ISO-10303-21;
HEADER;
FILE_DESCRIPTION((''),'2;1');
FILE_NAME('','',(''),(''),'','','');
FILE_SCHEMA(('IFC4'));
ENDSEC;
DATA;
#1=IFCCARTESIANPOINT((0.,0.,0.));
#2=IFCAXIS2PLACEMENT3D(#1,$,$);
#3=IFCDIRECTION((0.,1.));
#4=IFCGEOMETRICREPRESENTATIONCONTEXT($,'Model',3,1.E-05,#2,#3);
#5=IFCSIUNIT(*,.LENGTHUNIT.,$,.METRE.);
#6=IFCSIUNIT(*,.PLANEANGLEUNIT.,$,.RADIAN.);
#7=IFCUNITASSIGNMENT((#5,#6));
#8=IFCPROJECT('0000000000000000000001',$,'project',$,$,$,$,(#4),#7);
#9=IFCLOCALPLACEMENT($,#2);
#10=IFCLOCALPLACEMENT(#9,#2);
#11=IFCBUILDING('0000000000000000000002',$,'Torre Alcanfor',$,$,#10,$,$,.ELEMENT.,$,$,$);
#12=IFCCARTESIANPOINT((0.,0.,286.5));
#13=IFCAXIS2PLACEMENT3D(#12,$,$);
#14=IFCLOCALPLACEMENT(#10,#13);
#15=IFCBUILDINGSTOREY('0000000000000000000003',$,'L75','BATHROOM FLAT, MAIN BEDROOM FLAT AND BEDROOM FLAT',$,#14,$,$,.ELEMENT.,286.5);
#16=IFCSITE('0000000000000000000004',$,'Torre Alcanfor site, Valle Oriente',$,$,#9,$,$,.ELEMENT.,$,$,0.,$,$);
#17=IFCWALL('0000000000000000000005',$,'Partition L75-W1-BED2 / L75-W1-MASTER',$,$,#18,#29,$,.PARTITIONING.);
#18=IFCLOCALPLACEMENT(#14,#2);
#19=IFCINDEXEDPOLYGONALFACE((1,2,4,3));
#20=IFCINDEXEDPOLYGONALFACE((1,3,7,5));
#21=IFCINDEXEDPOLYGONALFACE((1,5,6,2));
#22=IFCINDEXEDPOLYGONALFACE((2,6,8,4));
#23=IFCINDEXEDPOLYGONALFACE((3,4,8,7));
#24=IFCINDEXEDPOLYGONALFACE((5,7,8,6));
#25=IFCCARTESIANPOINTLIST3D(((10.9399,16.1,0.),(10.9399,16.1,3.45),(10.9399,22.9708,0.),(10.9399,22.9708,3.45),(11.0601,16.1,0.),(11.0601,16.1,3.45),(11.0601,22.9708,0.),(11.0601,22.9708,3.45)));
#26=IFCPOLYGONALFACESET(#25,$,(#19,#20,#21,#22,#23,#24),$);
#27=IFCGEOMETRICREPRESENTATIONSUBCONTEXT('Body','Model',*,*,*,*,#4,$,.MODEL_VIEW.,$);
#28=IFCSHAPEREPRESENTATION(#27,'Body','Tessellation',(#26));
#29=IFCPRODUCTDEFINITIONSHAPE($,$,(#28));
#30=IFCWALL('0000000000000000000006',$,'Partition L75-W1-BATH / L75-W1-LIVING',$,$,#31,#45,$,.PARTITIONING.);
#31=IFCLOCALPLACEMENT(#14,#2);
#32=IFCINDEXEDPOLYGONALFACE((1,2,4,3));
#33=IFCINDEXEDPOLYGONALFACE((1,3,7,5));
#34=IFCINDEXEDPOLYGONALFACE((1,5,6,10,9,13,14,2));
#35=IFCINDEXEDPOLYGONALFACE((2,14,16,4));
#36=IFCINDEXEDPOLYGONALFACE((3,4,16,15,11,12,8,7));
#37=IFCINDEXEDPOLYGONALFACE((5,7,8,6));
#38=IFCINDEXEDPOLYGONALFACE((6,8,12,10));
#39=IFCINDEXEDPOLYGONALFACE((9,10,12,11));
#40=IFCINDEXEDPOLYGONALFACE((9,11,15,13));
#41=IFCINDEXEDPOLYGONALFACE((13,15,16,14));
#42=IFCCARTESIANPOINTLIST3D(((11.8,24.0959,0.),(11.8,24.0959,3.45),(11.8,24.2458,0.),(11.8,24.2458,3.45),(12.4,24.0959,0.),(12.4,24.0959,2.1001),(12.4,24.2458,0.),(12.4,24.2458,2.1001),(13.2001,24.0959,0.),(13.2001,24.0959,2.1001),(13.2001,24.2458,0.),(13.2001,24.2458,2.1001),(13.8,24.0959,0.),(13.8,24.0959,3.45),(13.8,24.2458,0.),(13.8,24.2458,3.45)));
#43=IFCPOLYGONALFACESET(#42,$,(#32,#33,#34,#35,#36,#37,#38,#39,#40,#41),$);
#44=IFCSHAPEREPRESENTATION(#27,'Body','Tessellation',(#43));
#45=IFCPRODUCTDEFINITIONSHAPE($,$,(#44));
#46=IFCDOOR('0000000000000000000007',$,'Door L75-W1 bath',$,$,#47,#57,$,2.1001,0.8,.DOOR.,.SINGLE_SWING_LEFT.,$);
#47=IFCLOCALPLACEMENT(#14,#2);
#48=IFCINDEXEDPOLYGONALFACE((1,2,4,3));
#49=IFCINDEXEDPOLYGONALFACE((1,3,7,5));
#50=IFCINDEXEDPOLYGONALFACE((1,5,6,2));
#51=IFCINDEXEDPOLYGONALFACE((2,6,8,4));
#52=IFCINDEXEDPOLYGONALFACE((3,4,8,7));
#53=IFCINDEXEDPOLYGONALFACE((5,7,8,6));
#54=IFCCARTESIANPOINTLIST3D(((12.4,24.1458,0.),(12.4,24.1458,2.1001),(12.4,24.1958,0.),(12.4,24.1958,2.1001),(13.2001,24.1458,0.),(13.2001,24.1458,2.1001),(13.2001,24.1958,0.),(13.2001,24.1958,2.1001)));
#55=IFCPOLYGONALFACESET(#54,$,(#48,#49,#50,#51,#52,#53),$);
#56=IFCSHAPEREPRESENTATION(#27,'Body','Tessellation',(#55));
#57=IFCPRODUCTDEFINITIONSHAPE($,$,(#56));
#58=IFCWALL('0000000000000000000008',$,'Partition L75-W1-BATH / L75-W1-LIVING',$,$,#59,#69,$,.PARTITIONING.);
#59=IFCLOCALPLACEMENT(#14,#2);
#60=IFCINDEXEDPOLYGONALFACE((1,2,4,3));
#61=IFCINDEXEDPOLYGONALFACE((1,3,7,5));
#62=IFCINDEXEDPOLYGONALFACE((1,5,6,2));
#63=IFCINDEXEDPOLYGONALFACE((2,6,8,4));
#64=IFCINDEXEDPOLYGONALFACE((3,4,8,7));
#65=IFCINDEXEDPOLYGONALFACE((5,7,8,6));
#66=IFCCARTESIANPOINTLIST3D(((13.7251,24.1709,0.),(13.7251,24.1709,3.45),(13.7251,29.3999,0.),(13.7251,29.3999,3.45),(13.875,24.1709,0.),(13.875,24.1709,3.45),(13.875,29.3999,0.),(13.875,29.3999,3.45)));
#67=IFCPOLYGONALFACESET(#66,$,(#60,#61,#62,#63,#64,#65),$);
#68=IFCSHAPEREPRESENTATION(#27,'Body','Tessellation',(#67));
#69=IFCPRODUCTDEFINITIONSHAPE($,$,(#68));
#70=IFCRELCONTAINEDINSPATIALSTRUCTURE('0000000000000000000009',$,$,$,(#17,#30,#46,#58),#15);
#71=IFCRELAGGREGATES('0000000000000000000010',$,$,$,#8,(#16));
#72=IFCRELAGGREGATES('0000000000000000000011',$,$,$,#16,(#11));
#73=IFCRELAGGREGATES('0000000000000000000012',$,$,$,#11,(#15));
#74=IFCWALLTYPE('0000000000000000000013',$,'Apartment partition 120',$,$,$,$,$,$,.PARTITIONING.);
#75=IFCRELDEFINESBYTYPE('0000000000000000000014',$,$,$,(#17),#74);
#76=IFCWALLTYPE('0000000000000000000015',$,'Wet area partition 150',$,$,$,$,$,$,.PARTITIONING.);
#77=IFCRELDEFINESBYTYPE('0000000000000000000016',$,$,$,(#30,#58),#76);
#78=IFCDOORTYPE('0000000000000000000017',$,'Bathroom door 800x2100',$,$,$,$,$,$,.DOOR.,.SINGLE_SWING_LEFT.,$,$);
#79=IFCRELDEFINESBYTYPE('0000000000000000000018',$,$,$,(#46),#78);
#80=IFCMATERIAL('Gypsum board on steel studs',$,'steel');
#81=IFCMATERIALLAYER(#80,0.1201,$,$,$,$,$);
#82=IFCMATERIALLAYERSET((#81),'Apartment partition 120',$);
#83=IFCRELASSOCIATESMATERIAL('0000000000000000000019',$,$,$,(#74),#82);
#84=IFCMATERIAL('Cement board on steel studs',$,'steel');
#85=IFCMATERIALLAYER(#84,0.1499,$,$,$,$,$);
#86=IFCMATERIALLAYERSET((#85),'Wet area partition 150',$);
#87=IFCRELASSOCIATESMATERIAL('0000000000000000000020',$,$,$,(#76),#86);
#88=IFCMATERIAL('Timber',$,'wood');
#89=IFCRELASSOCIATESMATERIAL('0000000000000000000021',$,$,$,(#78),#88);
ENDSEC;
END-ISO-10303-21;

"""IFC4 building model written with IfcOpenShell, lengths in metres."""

from ifc_helpers import new_model, si_unit, direction, frame, frame_2d, origin, place, context, subcontext, project, spatial, rectangle, extrude, material, layer, layer_set, type_object, element, fill, save


model = new_model("IFC4")

# Units and contexts
model_context = context("Model", 3, precision=1e-05, world=origin(), true_north=direction((0.0, 1.0)))
body_context = subcontext(model_context, "Body", "Model", "MODEL_VIEW")
ifc_project = project(units=[si_unit("LENGTHUNIT", "METRE"), si_unit("PLANEANGLEUNIT", "RADIAN")], contexts=[model_context])

# Site, building, storey
site_placement = place(None, origin())
site = spatial("IfcSite", under=ifc_project, at=site_placement, Name="Torre Alcanfor site, Valle Oriente", CompositionType="ELEMENT", RefElevation=0.0)
building_placement = place(site_placement, origin())
building = spatial("IfcBuilding", under=site, at=building_placement, Name="Torre Alcanfor", CompositionType="ELEMENT")
storey_placement = place(building_placement, frame((0.0, 0.0, 286.5)))
storey = spatial("IfcBuildingStorey", under=building, at=storey_placement, Name="L75", Description="BATHROOM FLAT, MAIN BEDROOM FLAT AND BEDROOM FLAT", CompositionType="ELEMENT", Elevation=286.5)

# Shared definitions
ifc_material_1 = material(Name="Gypsum board on steel studs", Category="steel")
ifc_layer_1 = layer(ifc_material_1, 0.1201)
ifc_layer_set_1 = layer_set([ifc_layer_1], Name="Apartment partition 120")
wall_type_1 = type_object("IfcWallType", Name="Apartment partition 120", PredefinedType="PARTITIONING", material=ifc_layer_set_1)

# Wall
wall_1_placement = place(storey_placement, frame((11.0, 22.9709, 0.0), z_axis=(0.0, 0.0, 1.0), x_axis=(0.0, -1.0, 0.0)))
element("IfcWall", 1, at=wall_1_placement, inside=storey, type_object=wall_type_1, Name="Partition L75-W1-BED2 / L75-W1-MASTER", PredefinedType="PARTITIONING", context=body_context, shape_type="SweptSolid", body=[
    extrude(rectangle(XDim=6.8708, YDim=0.1201, at=frame_2d((3.4355, 0.0))), origin(), (0.0, 0.0, 1.0), 3.45),
])

# Wall, opening, door
ifc_material_2 = material(Name="Cement board on steel studs", Category="steel")
ifc_layer_2 = layer(ifc_material_2, 0.1499)
ifc_layer_set_2 = layer_set([ifc_layer_2], Name="Wet area partition 150")
wall_type_2 = type_object("IfcWallType", Name="Wet area partition 150", PredefinedType="PARTITIONING", material=ifc_layer_set_2)
wall_2_placement = place(storey_placement, frame((11.8, 24.1709, 0.0), z_axis=(0.0, 0.0, 1.0), x_axis=(1.0, 0.0, 0.0)))
wall_2 = element("IfcWall", 2, at=wall_2_placement, inside=storey, type_object=wall_type_2, Name="Partition L75-W1-BATH / L75-W1-LIVING", PredefinedType="PARTITIONING", context=body_context, shape_type="SweptSolid", body=[
    extrude(rectangle(XDim=2.0, YDim=0.1499, at=frame_2d((1.0, 0.0))), origin(), (0.0, 0.0, 1.0), 3.45),
])
opening_1_placement = place(wall_2_placement, frame((0.6001, 0.0, 0.0)))
opening_1 = element("IfcOpeningElement", 3, at=opening_1_placement, cuts=wall_2, PredefinedType="OPENING", context=body_context, shape_type="SweptSolid", body=[
    extrude(rectangle(XDim=0.8, YDim=2.1001, at=frame_2d((0.3999, 1.05))), frame((0.0, 0.085, 0.0), z_axis=(0.0, -1.0, 0.0), x_axis=(1.0, 0.0, 0.0)), (0.0, 0.0, 1.0), 0.1699),
])
ifc_material_3 = material(Name="Timber", Category="wood")
door_type_1 = type_object("IfcDoorType", Name="Bathroom door 800x2100", OperationType="SINGLE_SWING_LEFT", PredefinedType="DOOR", material=ifc_material_3)
door_1_placement = place(opening_1_placement, origin())
door_1 = element("IfcDoor", 4, at=door_1_placement, inside=storey, type_object=door_type_1, Name="Door L75-W1 bath", OperationType="SINGLE_SWING_LEFT", OverallHeight=2.1001, OverallWidth=0.8, PredefinedType="DOOR", context=body_context, shape_type="SweptSolid", body=[
    extrude(rectangle(XDim=0.8, YDim=2.1001, at=frame_2d((0.3999, 1.05))), frame((0.0, 0.0249, 0.0), z_axis=(0.0, -1.0, 0.0), x_axis=(1.0, 0.0, 0.0)), (0.0, 0.0, 1.0), 0.05),
])
fill(opening_1, door_1)

# Wall
wall_3_placement = place(storey_placement, frame((13.8, 24.1709, 0.0), z_axis=(0.0, 0.0, 1.0), x_axis=(0.0, 1.0, 0.0)))
element("IfcWall", 5, at=wall_3_placement, inside=storey, type_object=wall_type_2, Name="Partition L75-W1-BATH / L75-W1-LIVING", PredefinedType="PARTITIONING", context=body_context, shape_type="SweptSolid", body=[
    extrude(rectangle(XDim=5.229, YDim=0.1499, at=frame_2d((2.6145, 0.0))), origin(), (0.0, 0.0, 1.0), 3.45),
])

save(model, "model.ifc")
